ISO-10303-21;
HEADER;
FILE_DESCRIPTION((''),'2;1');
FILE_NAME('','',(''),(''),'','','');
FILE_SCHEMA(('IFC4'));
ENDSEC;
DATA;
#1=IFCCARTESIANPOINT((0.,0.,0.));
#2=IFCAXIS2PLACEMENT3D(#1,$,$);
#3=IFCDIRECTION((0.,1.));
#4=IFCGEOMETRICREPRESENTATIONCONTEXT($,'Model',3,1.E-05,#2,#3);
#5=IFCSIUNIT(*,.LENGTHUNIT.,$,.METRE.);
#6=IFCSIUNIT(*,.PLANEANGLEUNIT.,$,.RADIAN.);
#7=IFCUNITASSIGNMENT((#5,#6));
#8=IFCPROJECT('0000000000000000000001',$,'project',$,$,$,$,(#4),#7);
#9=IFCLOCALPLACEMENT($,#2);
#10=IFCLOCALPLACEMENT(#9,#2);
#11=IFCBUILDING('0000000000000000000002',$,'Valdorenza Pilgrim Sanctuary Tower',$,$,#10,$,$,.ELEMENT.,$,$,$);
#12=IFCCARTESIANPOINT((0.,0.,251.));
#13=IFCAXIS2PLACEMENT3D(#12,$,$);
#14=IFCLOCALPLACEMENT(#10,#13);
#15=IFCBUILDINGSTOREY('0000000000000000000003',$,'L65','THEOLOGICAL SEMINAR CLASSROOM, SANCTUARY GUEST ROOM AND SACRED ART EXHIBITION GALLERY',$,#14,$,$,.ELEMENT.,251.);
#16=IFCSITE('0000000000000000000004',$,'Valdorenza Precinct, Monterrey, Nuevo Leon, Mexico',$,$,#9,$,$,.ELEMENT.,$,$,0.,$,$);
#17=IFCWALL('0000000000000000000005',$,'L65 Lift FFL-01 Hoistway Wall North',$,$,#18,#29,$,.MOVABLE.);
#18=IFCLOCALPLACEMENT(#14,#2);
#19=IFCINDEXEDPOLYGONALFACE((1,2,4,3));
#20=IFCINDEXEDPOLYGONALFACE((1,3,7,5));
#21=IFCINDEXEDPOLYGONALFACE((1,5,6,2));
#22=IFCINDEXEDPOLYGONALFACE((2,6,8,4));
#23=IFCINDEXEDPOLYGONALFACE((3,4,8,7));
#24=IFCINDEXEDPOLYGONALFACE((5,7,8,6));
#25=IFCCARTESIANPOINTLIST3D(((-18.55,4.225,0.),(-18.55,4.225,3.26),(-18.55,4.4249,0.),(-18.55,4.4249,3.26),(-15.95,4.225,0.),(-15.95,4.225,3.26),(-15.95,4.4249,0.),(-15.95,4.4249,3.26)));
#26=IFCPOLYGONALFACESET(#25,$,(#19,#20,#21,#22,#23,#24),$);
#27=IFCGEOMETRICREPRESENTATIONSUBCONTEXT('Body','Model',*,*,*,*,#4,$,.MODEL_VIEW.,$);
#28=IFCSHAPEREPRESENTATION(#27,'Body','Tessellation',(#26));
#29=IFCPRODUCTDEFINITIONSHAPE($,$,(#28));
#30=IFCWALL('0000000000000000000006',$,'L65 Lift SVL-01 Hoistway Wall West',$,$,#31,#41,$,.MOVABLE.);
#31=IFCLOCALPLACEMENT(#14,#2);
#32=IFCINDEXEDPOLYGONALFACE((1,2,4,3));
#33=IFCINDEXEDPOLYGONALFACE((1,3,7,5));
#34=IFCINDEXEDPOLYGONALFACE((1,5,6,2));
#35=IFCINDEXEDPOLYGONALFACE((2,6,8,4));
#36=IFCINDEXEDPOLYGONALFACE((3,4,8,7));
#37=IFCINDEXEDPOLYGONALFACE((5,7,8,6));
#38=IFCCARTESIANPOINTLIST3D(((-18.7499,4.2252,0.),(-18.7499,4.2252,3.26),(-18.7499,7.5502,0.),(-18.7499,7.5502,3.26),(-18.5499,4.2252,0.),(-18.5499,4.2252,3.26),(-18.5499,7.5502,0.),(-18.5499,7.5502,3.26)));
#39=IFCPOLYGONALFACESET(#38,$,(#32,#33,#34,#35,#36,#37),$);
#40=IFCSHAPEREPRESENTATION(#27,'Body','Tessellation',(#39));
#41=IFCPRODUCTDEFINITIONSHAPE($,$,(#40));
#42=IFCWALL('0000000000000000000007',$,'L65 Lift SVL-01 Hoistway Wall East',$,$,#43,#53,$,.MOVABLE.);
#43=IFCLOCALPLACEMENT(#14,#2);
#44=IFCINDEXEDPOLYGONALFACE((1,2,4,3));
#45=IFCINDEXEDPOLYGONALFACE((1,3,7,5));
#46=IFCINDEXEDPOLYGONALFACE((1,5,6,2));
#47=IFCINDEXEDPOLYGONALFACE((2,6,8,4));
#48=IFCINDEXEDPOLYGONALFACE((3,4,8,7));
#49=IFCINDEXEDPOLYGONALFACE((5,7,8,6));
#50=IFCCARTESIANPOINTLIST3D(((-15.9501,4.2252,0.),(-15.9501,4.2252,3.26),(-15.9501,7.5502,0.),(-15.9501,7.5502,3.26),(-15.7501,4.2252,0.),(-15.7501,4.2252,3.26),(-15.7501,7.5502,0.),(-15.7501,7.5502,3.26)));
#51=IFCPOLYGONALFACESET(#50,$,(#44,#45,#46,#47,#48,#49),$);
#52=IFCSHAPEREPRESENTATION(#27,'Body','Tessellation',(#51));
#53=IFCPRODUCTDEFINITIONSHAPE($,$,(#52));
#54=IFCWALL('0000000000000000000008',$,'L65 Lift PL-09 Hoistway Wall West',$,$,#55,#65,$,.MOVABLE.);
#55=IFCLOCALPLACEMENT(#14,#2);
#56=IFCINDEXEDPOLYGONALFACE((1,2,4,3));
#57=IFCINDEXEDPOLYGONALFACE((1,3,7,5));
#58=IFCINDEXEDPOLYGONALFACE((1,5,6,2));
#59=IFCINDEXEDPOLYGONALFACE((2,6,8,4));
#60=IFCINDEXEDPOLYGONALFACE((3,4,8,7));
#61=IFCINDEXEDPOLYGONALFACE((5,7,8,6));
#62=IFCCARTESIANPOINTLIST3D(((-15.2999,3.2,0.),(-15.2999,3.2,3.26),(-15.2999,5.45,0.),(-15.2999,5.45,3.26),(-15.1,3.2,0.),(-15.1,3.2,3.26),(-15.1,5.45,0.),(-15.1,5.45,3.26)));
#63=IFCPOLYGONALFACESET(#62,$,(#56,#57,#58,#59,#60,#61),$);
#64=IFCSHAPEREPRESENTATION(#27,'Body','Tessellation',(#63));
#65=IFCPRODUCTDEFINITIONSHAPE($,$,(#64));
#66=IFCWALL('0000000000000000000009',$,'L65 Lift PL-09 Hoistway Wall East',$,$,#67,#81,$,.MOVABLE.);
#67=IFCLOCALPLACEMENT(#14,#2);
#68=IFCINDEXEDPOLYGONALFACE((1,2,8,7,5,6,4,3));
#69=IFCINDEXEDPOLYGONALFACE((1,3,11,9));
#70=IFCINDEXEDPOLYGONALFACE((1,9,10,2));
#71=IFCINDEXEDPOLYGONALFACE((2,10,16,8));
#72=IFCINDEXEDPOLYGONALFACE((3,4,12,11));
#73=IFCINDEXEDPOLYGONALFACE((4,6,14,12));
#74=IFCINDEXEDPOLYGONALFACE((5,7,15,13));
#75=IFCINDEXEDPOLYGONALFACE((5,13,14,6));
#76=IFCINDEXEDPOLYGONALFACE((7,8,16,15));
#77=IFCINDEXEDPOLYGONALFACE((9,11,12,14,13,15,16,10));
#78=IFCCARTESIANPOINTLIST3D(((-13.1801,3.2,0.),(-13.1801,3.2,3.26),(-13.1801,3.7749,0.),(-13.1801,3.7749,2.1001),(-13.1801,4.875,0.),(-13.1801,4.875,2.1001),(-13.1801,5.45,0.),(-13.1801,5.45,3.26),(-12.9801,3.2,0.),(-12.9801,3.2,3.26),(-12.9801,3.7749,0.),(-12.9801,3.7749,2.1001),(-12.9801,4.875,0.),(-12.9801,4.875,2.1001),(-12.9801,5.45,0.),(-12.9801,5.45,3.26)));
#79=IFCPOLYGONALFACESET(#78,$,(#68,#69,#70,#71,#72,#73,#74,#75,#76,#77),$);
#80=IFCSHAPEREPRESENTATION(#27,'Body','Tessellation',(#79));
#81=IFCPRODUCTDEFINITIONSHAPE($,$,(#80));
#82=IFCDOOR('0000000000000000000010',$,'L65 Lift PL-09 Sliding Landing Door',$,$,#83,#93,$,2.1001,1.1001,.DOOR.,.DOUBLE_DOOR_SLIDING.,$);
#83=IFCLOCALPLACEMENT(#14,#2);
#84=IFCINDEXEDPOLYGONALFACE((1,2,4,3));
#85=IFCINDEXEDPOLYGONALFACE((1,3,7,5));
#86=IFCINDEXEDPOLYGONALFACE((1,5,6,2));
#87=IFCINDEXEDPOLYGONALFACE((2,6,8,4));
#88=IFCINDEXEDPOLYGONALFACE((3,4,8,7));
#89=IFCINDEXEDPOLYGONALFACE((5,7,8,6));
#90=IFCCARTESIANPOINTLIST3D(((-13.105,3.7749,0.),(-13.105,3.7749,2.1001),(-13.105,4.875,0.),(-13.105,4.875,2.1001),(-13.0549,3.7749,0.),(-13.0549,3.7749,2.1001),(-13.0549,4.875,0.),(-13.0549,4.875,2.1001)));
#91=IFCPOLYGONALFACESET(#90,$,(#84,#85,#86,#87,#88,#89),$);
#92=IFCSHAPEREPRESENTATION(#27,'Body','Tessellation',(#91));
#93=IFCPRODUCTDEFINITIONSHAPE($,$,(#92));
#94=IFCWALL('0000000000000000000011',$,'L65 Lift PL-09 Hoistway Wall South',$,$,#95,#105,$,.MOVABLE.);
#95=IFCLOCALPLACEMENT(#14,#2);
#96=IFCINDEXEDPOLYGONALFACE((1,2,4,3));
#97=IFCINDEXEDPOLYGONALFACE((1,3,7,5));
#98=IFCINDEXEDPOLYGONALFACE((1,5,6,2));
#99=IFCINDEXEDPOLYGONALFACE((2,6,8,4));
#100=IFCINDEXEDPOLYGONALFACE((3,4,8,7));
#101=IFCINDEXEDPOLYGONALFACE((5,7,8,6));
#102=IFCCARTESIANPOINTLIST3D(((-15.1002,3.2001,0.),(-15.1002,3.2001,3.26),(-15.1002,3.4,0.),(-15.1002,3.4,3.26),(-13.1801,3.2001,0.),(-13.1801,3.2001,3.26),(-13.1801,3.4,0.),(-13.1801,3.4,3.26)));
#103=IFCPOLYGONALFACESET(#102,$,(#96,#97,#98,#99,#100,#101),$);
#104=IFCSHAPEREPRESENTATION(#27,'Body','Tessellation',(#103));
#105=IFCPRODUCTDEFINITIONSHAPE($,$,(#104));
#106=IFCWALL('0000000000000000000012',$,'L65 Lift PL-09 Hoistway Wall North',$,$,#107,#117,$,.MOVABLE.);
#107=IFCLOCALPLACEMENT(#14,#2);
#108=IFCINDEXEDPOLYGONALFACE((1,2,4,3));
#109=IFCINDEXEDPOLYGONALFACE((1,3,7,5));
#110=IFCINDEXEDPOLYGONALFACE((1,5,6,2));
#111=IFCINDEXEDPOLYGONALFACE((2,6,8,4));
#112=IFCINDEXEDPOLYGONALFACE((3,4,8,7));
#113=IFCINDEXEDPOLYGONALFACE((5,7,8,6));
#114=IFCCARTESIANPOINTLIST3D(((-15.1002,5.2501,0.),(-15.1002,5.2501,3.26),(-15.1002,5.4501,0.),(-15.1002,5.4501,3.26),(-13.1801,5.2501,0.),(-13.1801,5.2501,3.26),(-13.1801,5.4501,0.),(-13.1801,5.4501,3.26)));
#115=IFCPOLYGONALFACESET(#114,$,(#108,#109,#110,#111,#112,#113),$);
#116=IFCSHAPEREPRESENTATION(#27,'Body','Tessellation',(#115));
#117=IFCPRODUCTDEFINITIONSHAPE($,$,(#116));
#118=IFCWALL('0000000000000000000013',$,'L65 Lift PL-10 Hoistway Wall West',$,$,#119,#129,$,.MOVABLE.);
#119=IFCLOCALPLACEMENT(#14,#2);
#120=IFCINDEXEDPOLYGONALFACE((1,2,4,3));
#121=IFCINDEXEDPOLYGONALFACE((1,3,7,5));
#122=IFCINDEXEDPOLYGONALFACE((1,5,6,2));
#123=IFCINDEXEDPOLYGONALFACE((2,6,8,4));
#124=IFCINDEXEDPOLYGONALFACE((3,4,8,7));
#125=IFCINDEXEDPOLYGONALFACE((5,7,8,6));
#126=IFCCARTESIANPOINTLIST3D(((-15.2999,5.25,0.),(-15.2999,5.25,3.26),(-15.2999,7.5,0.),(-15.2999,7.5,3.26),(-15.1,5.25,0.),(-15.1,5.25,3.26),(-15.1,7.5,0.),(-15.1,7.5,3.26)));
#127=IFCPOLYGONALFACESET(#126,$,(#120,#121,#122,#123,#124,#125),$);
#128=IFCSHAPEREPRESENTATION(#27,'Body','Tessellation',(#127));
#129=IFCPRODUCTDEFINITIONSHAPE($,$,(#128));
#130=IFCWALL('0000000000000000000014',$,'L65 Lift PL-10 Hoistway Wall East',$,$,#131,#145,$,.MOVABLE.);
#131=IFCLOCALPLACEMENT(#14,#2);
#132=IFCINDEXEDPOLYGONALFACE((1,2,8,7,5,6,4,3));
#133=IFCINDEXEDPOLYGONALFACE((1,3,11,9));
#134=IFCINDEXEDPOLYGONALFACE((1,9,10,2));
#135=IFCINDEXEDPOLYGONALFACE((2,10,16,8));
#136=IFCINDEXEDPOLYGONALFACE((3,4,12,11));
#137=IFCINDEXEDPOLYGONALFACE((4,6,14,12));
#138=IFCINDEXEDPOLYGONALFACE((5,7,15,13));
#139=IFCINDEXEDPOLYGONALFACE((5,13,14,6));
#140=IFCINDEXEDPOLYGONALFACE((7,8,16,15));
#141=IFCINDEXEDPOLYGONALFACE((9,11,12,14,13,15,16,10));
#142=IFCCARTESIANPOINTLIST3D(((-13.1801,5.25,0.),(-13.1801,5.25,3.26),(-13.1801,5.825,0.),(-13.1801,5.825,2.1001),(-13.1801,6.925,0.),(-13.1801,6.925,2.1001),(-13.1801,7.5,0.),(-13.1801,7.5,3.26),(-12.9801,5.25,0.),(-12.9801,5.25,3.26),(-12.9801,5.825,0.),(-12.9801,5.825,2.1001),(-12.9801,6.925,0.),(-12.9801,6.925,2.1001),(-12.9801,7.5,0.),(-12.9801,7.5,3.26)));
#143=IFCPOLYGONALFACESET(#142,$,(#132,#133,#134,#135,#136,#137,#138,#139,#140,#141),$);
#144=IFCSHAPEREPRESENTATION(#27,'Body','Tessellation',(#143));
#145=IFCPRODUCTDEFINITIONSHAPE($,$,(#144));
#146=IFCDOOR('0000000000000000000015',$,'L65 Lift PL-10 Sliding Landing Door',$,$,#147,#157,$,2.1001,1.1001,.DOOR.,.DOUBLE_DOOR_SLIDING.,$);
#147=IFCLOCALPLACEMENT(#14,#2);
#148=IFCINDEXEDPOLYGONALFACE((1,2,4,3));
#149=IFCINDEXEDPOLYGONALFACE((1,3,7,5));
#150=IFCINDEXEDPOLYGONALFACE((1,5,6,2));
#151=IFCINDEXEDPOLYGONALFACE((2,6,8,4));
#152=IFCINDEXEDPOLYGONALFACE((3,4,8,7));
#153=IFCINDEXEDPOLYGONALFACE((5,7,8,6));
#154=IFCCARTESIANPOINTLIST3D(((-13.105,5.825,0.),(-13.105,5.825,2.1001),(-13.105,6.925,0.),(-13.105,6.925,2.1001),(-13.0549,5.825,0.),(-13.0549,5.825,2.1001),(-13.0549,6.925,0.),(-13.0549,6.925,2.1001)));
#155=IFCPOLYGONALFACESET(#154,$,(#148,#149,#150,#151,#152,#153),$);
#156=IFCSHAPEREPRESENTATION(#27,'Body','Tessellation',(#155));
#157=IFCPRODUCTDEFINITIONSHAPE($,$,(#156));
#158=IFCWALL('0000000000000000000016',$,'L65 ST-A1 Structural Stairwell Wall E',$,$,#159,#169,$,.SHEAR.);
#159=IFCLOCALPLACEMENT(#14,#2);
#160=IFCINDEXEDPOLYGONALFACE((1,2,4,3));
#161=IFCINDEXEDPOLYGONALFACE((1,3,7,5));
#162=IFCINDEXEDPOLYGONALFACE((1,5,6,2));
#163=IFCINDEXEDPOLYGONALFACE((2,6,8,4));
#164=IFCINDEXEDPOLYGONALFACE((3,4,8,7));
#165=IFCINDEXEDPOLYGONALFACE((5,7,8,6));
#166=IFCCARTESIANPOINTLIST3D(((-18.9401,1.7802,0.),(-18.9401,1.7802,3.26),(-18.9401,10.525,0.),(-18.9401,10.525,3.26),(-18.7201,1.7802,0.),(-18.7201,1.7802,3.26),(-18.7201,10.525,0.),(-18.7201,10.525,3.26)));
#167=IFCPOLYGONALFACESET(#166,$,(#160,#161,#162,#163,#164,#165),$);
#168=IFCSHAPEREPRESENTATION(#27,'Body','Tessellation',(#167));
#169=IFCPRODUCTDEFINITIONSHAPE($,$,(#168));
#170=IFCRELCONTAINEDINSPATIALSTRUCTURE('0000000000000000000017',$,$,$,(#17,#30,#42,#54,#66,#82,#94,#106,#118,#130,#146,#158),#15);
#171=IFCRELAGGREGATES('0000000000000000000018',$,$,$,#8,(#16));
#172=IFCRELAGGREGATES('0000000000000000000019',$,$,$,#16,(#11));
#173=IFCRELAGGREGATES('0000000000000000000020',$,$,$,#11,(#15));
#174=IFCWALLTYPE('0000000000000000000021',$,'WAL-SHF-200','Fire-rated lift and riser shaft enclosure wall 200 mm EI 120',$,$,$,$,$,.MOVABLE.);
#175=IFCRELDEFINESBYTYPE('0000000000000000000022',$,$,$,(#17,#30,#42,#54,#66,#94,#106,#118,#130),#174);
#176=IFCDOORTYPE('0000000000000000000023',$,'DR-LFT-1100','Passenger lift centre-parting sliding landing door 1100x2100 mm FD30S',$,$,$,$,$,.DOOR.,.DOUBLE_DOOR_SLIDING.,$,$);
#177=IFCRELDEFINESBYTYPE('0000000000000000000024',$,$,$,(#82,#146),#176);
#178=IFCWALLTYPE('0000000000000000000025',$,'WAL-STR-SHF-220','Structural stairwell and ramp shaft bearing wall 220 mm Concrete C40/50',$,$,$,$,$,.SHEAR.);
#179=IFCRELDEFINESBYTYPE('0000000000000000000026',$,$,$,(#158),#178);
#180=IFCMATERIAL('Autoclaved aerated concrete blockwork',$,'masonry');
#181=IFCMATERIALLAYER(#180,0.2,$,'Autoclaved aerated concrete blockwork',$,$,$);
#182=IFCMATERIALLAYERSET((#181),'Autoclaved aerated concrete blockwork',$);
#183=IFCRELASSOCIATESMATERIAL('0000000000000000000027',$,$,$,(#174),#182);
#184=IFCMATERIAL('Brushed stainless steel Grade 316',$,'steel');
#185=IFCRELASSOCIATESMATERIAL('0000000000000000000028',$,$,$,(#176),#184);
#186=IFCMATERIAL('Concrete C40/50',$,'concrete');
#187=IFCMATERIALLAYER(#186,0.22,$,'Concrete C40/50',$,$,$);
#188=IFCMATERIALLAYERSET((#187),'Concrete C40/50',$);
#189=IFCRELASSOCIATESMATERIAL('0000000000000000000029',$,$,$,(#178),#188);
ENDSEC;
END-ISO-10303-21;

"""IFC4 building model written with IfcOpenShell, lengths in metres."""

from ifc_helpers import new_model, si_unit, direction, frame, frame_2d, origin, place, context, subcontext, project, spatial, rectangle, extrude, material, layer, layer_set, type_object, element, fill, save


model = new_model("IFC4")

# Units and contexts
model_context = context("Model", 3, precision=1e-05, world=origin(), true_north=direction((0.0, 1.0)))
body_context = subcontext(model_context, "Body", "Model", "MODEL_VIEW")
ifc_project = project(units=[si_unit("LENGTHUNIT", "METRE"), si_unit("PLANEANGLEUNIT", "RADIAN")], contexts=[model_context])

# Site, building, storey
site_placement = place(None, origin())
site = spatial("IfcSite", under=ifc_project, at=site_placement, Name="Valdorenza Precinct, Monterrey, Nuevo Leon, Mexico", CompositionType="ELEMENT", RefElevation=0.0)
building_placement = place(site_placement, origin())
building = spatial("IfcBuilding", under=site, at=building_placement, Name="Valdorenza Pilgrim Sanctuary Tower", CompositionType="ELEMENT")
storey_placement = place(building_placement, frame((0.0, 0.0, 251.0)))
storey = spatial("IfcBuildingStorey", under=building, at=storey_placement, Name="L65", Description="THEOLOGICAL SEMINAR CLASSROOM, SANCTUARY GUEST ROOM AND SACRED ART EXHIBITION GALLERY", CompositionType="ELEMENT", Elevation=251.0)

# Walls
ifc_material_1 = material(Name="Autoclaved aerated concrete blockwork", Category="masonry")
ifc_layer_1 = layer(ifc_material_1, 0.2, Name="Autoclaved aerated concrete blockwork")
ifc_layer_set_1 = layer_set([ifc_layer_1], Name="Autoclaved aerated concrete blockwork")
wall_type_1 = type_object("IfcWallType", Name="WAL-SHF-200", Description="Fire-rated lift and riser shaft enclosure wall 200 mm EI 120", PredefinedType="MOVABLE", material=ifc_layer_set_1)
wall_1_placement = place(storey_placement, frame((-18.55, 4.325, 0.0), z_axis=(0.0, 0.0, 1.0), x_axis=(1.0, 0.0, 0.0)))
element("IfcWall", 1, at=wall_1_placement, inside=storey, type_object=wall_type_1, Name="L65 Lift FFL-01 Hoistway Wall North", PredefinedType="MOVABLE", context=body_context, shape_type="SweptSolid", body=[
    extrude(rectangle(XDim=2.6001, YDim=0.2, at=frame_2d((1.3, 0.0))), origin(), (0.0, 0.0, 1.0), 3.26),
])
for number, where, z_axis, x_axis, name in (
    (2, (-18.6499, 4.2251, 0.0), (0.0, 0.0, 1.0), (0.0, 1.0, 0.0), "L65 Lift SVL-01 Hoistway Wall West"),
    (3, (-15.8501, 4.2251, 0.0), (0.0, 0.0, 1.0), (0.0, 1.0, 0.0), "L65 Lift SVL-01 Hoistway Wall East"),
):
    element("IfcWall", number, at=place(storey_placement, frame(where, z_axis=z_axis, x_axis=x_axis)), inside=storey, type_object=wall_type_1, Name=name, PredefinedType="MOVABLE", context=body_context, shape_type="SweptSolid", body=[
        extrude(rectangle(XDim=3.325, YDim=0.2, at=frame_2d((1.6626, 0.0))), origin(), (0.0, 0.0, 1.0), 3.26),
    ])
wall_2_placement = place(storey_placement, frame((-15.2, 3.2, 0.0), z_axis=(0.0, 0.0, 1.0), x_axis=(0.0, 1.0, 0.0)))
element("IfcWall", 4, at=wall_2_placement, inside=storey, type_object=wall_type_1, Name="L65 Lift PL-09 Hoistway Wall West", PredefinedType="MOVABLE", context=body_context, shape_type="SweptSolid", body=[
    extrude(rectangle(XDim=2.25, YDim=0.2, at=frame_2d((1.125, 0.0))), origin(), (0.0, 0.0, 1.0), 3.26),
])

# Wall, opening, door
wall_3_placement = place(storey_placement, frame((-13.0801, 3.2, 0.0), z_axis=(0.0, 0.0, 1.0), x_axis=(0.0, 1.0, 0.0)))
wall_3 = element("IfcWall", 5, at=wall_3_placement, inside=storey, type_object=wall_type_1, Name="L65 Lift PL-09 Hoistway Wall East", PredefinedType="MOVABLE", context=body_context, shape_type="SweptSolid", body=[
    extrude(rectangle(XDim=2.25, YDim=0.2, at=frame_2d((1.125, 0.0))), origin(), (0.0, 0.0, 1.0), 3.26),
])
opening_1_placement = place(wall_3_placement, frame((0.575, 0.0, 0.0)))
opening_1 = element("IfcOpeningElement", 6, at=opening_1_placement, cuts=wall_3, PredefinedType="OPENING", context=body_context, shape_type="SweptSolid", body=[
    extrude(rectangle(XDim=1.1001, YDim=2.1001, at=frame_2d((0.55, 1.05))), frame((0.0, 0.1147, 0.0), z_axis=(0.0, -1.0, 0.0), x_axis=(1.0, 0.0, 0.0)), (0.0, 0.0, 1.0), 0.2297),
])
ifc_material_2 = material(Name="Brushed stainless steel Grade 316", Category="steel")
door_type_1 = type_object("IfcDoorType", Name="DR-LFT-1100", Description="Passenger lift centre-parting sliding landing door 1100x2100 mm FD30S", OperationType="DOUBLE_DOOR_SLIDING", PredefinedType="DOOR", material=ifc_material_2)
door_1_placement = place(opening_1_placement, origin())
door_1 = element("IfcDoor", 7, at=door_1_placement, inside=storey, type_object=door_type_1, Name="L65 Lift PL-09 Sliding Landing Door", OperationType="DOUBLE_DOOR_SLIDING", OverallHeight=2.1001, OverallWidth=1.1001, PredefinedType="DOOR", context=body_context, shape_type="SweptSolid", body=[
    extrude(rectangle(XDim=1.1001, YDim=2.1001, at=frame_2d((0.55, 1.05))), frame((0.0, 0.0249, 0.0), z_axis=(0.0, -1.0, 0.0), x_axis=(1.0, 0.0, 0.0)), (0.0, 0.0, 1.0), 0.05),
])
fill(opening_1, door_1)

# Walls
for number, where, z_axis, x_axis, name in (
    (8, (-15.1001, 3.3, 0.0), (0.0, 0.0, 1.0), (1.0, 0.0, 0.0), "L65 Lift PL-09 Hoistway Wall South"),
    (9, (-15.1001, 5.3501, 0.0), (0.0, 0.0, 1.0), (1.0, 0.0, 0.0), "L65 Lift PL-09 Hoistway Wall North"),
):
    element("IfcWall", number, at=place(storey_placement, frame(where, z_axis=z_axis, x_axis=x_axis)), inside=storey, type_object=wall_type_1, Name=name, PredefinedType="MOVABLE", context=body_context, shape_type="SweptSolid", body=[
        extrude(rectangle(XDim=1.9202, YDim=0.2, at=frame_2d((0.96, 0.0))), origin(), (0.0, 0.0, 1.0), 3.26),
    ])
wall_4_placement = place(storey_placement, frame((-15.2, 5.25, 0.0), z_axis=(0.0, 0.0, 1.0), x_axis=(0.0, 1.0, 0.0)))
element("IfcWall", 10, at=wall_4_placement, inside=storey, type_object=wall_type_1, Name="L65 Lift PL-10 Hoistway Wall West", PredefinedType="MOVABLE", context=body_context, shape_type="SweptSolid", body=[
    extrude(rectangle(XDim=2.25, YDim=0.2, at=frame_2d((1.125, 0.0))), origin(), (0.0, 0.0, 1.0), 3.26),
])

# Wall, opening, door
wall_5_placement = place(storey_placement, frame((-13.0801, 5.25, 0.0), z_axis=(0.0, 0.0, 1.0), x_axis=(0.0, 1.0, 0.0)))
wall_5 = element("IfcWall", 11, at=wall_5_placement, inside=storey, type_object=wall_type_1, Name="L65 Lift PL-10 Hoistway Wall East", PredefinedType="MOVABLE", context=body_context, shape_type="SweptSolid", body=[
    extrude(rectangle(XDim=2.25, YDim=0.2, at=frame_2d((1.125, 0.0))), origin(), (0.0, 0.0, 1.0), 3.26),
])
opening_2_placement = place(wall_5_placement, frame((0.575, 0.0, 0.0)))
opening_2 = element("IfcOpeningElement", 12, at=opening_2_placement, cuts=wall_5, PredefinedType="OPENING", context=body_context, shape_type="SweptSolid", body=[
    extrude(rectangle(XDim=1.1001, YDim=2.1001, at=frame_2d((0.55, 1.05))), frame((0.0, 0.1147, 0.0), z_axis=(0.0, -1.0, 0.0), x_axis=(1.0, 0.0, 0.0)), (0.0, 0.0, 1.0), 0.2297),
])
door_2_placement = place(opening_2_placement, origin())
door_2 = element("IfcDoor", 13, at=door_2_placement, inside=storey, type_object=door_type_1, Name="L65 Lift PL-10 Sliding Landing Door", OperationType="DOUBLE_DOOR_SLIDING", OverallHeight=2.1001, OverallWidth=1.1001, PredefinedType="DOOR", context=body_context, shape_type="SweptSolid", body=[
    extrude(rectangle(XDim=1.1001, YDim=2.1001, at=frame_2d((0.55, 1.05))), frame((0.0, 0.0249, 0.0), z_axis=(0.0, -1.0, 0.0), x_axis=(1.0, 0.0, 0.0)), (0.0, 0.0, 1.0), 0.05),
])
fill(opening_2, door_2)

# Wall
ifc_material_3 = material(Name="Concrete C40/50", Category="concrete")
ifc_layer_2 = layer(ifc_material_3, 0.22, Name="Concrete C40/50")
ifc_layer_set_2 = layer_set([ifc_layer_2], Name="Concrete C40/50")
wall_type_2 = type_object("IfcWallType", Name="WAL-STR-SHF-220", Description="Structural stairwell and ramp shaft bearing wall 220 mm Concrete C40/50", PredefinedType="SHEAR", material=ifc_layer_set_2)
wall_6_placement = place(storey_placement, frame((-18.8301, 1.78, 0.0), z_axis=(0.0, 0.0, 1.0), x_axis=(0.0, 1.0, 0.0)))
element("IfcWall", 14, at=wall_6_placement, inside=storey, type_object=wall_type_2, Name="L65 ST-A1 Structural Stairwell Wall E", PredefinedType="SHEAR", context=body_context, shape_type="SweptSolid", body=[
    extrude(rectangle(XDim=8.7449, YDim=0.22, at=frame_2d((4.3726, 0.0))), origin(), (0.0, 0.0, 1.0), 3.26),
])

save(model, "model.ifc")
